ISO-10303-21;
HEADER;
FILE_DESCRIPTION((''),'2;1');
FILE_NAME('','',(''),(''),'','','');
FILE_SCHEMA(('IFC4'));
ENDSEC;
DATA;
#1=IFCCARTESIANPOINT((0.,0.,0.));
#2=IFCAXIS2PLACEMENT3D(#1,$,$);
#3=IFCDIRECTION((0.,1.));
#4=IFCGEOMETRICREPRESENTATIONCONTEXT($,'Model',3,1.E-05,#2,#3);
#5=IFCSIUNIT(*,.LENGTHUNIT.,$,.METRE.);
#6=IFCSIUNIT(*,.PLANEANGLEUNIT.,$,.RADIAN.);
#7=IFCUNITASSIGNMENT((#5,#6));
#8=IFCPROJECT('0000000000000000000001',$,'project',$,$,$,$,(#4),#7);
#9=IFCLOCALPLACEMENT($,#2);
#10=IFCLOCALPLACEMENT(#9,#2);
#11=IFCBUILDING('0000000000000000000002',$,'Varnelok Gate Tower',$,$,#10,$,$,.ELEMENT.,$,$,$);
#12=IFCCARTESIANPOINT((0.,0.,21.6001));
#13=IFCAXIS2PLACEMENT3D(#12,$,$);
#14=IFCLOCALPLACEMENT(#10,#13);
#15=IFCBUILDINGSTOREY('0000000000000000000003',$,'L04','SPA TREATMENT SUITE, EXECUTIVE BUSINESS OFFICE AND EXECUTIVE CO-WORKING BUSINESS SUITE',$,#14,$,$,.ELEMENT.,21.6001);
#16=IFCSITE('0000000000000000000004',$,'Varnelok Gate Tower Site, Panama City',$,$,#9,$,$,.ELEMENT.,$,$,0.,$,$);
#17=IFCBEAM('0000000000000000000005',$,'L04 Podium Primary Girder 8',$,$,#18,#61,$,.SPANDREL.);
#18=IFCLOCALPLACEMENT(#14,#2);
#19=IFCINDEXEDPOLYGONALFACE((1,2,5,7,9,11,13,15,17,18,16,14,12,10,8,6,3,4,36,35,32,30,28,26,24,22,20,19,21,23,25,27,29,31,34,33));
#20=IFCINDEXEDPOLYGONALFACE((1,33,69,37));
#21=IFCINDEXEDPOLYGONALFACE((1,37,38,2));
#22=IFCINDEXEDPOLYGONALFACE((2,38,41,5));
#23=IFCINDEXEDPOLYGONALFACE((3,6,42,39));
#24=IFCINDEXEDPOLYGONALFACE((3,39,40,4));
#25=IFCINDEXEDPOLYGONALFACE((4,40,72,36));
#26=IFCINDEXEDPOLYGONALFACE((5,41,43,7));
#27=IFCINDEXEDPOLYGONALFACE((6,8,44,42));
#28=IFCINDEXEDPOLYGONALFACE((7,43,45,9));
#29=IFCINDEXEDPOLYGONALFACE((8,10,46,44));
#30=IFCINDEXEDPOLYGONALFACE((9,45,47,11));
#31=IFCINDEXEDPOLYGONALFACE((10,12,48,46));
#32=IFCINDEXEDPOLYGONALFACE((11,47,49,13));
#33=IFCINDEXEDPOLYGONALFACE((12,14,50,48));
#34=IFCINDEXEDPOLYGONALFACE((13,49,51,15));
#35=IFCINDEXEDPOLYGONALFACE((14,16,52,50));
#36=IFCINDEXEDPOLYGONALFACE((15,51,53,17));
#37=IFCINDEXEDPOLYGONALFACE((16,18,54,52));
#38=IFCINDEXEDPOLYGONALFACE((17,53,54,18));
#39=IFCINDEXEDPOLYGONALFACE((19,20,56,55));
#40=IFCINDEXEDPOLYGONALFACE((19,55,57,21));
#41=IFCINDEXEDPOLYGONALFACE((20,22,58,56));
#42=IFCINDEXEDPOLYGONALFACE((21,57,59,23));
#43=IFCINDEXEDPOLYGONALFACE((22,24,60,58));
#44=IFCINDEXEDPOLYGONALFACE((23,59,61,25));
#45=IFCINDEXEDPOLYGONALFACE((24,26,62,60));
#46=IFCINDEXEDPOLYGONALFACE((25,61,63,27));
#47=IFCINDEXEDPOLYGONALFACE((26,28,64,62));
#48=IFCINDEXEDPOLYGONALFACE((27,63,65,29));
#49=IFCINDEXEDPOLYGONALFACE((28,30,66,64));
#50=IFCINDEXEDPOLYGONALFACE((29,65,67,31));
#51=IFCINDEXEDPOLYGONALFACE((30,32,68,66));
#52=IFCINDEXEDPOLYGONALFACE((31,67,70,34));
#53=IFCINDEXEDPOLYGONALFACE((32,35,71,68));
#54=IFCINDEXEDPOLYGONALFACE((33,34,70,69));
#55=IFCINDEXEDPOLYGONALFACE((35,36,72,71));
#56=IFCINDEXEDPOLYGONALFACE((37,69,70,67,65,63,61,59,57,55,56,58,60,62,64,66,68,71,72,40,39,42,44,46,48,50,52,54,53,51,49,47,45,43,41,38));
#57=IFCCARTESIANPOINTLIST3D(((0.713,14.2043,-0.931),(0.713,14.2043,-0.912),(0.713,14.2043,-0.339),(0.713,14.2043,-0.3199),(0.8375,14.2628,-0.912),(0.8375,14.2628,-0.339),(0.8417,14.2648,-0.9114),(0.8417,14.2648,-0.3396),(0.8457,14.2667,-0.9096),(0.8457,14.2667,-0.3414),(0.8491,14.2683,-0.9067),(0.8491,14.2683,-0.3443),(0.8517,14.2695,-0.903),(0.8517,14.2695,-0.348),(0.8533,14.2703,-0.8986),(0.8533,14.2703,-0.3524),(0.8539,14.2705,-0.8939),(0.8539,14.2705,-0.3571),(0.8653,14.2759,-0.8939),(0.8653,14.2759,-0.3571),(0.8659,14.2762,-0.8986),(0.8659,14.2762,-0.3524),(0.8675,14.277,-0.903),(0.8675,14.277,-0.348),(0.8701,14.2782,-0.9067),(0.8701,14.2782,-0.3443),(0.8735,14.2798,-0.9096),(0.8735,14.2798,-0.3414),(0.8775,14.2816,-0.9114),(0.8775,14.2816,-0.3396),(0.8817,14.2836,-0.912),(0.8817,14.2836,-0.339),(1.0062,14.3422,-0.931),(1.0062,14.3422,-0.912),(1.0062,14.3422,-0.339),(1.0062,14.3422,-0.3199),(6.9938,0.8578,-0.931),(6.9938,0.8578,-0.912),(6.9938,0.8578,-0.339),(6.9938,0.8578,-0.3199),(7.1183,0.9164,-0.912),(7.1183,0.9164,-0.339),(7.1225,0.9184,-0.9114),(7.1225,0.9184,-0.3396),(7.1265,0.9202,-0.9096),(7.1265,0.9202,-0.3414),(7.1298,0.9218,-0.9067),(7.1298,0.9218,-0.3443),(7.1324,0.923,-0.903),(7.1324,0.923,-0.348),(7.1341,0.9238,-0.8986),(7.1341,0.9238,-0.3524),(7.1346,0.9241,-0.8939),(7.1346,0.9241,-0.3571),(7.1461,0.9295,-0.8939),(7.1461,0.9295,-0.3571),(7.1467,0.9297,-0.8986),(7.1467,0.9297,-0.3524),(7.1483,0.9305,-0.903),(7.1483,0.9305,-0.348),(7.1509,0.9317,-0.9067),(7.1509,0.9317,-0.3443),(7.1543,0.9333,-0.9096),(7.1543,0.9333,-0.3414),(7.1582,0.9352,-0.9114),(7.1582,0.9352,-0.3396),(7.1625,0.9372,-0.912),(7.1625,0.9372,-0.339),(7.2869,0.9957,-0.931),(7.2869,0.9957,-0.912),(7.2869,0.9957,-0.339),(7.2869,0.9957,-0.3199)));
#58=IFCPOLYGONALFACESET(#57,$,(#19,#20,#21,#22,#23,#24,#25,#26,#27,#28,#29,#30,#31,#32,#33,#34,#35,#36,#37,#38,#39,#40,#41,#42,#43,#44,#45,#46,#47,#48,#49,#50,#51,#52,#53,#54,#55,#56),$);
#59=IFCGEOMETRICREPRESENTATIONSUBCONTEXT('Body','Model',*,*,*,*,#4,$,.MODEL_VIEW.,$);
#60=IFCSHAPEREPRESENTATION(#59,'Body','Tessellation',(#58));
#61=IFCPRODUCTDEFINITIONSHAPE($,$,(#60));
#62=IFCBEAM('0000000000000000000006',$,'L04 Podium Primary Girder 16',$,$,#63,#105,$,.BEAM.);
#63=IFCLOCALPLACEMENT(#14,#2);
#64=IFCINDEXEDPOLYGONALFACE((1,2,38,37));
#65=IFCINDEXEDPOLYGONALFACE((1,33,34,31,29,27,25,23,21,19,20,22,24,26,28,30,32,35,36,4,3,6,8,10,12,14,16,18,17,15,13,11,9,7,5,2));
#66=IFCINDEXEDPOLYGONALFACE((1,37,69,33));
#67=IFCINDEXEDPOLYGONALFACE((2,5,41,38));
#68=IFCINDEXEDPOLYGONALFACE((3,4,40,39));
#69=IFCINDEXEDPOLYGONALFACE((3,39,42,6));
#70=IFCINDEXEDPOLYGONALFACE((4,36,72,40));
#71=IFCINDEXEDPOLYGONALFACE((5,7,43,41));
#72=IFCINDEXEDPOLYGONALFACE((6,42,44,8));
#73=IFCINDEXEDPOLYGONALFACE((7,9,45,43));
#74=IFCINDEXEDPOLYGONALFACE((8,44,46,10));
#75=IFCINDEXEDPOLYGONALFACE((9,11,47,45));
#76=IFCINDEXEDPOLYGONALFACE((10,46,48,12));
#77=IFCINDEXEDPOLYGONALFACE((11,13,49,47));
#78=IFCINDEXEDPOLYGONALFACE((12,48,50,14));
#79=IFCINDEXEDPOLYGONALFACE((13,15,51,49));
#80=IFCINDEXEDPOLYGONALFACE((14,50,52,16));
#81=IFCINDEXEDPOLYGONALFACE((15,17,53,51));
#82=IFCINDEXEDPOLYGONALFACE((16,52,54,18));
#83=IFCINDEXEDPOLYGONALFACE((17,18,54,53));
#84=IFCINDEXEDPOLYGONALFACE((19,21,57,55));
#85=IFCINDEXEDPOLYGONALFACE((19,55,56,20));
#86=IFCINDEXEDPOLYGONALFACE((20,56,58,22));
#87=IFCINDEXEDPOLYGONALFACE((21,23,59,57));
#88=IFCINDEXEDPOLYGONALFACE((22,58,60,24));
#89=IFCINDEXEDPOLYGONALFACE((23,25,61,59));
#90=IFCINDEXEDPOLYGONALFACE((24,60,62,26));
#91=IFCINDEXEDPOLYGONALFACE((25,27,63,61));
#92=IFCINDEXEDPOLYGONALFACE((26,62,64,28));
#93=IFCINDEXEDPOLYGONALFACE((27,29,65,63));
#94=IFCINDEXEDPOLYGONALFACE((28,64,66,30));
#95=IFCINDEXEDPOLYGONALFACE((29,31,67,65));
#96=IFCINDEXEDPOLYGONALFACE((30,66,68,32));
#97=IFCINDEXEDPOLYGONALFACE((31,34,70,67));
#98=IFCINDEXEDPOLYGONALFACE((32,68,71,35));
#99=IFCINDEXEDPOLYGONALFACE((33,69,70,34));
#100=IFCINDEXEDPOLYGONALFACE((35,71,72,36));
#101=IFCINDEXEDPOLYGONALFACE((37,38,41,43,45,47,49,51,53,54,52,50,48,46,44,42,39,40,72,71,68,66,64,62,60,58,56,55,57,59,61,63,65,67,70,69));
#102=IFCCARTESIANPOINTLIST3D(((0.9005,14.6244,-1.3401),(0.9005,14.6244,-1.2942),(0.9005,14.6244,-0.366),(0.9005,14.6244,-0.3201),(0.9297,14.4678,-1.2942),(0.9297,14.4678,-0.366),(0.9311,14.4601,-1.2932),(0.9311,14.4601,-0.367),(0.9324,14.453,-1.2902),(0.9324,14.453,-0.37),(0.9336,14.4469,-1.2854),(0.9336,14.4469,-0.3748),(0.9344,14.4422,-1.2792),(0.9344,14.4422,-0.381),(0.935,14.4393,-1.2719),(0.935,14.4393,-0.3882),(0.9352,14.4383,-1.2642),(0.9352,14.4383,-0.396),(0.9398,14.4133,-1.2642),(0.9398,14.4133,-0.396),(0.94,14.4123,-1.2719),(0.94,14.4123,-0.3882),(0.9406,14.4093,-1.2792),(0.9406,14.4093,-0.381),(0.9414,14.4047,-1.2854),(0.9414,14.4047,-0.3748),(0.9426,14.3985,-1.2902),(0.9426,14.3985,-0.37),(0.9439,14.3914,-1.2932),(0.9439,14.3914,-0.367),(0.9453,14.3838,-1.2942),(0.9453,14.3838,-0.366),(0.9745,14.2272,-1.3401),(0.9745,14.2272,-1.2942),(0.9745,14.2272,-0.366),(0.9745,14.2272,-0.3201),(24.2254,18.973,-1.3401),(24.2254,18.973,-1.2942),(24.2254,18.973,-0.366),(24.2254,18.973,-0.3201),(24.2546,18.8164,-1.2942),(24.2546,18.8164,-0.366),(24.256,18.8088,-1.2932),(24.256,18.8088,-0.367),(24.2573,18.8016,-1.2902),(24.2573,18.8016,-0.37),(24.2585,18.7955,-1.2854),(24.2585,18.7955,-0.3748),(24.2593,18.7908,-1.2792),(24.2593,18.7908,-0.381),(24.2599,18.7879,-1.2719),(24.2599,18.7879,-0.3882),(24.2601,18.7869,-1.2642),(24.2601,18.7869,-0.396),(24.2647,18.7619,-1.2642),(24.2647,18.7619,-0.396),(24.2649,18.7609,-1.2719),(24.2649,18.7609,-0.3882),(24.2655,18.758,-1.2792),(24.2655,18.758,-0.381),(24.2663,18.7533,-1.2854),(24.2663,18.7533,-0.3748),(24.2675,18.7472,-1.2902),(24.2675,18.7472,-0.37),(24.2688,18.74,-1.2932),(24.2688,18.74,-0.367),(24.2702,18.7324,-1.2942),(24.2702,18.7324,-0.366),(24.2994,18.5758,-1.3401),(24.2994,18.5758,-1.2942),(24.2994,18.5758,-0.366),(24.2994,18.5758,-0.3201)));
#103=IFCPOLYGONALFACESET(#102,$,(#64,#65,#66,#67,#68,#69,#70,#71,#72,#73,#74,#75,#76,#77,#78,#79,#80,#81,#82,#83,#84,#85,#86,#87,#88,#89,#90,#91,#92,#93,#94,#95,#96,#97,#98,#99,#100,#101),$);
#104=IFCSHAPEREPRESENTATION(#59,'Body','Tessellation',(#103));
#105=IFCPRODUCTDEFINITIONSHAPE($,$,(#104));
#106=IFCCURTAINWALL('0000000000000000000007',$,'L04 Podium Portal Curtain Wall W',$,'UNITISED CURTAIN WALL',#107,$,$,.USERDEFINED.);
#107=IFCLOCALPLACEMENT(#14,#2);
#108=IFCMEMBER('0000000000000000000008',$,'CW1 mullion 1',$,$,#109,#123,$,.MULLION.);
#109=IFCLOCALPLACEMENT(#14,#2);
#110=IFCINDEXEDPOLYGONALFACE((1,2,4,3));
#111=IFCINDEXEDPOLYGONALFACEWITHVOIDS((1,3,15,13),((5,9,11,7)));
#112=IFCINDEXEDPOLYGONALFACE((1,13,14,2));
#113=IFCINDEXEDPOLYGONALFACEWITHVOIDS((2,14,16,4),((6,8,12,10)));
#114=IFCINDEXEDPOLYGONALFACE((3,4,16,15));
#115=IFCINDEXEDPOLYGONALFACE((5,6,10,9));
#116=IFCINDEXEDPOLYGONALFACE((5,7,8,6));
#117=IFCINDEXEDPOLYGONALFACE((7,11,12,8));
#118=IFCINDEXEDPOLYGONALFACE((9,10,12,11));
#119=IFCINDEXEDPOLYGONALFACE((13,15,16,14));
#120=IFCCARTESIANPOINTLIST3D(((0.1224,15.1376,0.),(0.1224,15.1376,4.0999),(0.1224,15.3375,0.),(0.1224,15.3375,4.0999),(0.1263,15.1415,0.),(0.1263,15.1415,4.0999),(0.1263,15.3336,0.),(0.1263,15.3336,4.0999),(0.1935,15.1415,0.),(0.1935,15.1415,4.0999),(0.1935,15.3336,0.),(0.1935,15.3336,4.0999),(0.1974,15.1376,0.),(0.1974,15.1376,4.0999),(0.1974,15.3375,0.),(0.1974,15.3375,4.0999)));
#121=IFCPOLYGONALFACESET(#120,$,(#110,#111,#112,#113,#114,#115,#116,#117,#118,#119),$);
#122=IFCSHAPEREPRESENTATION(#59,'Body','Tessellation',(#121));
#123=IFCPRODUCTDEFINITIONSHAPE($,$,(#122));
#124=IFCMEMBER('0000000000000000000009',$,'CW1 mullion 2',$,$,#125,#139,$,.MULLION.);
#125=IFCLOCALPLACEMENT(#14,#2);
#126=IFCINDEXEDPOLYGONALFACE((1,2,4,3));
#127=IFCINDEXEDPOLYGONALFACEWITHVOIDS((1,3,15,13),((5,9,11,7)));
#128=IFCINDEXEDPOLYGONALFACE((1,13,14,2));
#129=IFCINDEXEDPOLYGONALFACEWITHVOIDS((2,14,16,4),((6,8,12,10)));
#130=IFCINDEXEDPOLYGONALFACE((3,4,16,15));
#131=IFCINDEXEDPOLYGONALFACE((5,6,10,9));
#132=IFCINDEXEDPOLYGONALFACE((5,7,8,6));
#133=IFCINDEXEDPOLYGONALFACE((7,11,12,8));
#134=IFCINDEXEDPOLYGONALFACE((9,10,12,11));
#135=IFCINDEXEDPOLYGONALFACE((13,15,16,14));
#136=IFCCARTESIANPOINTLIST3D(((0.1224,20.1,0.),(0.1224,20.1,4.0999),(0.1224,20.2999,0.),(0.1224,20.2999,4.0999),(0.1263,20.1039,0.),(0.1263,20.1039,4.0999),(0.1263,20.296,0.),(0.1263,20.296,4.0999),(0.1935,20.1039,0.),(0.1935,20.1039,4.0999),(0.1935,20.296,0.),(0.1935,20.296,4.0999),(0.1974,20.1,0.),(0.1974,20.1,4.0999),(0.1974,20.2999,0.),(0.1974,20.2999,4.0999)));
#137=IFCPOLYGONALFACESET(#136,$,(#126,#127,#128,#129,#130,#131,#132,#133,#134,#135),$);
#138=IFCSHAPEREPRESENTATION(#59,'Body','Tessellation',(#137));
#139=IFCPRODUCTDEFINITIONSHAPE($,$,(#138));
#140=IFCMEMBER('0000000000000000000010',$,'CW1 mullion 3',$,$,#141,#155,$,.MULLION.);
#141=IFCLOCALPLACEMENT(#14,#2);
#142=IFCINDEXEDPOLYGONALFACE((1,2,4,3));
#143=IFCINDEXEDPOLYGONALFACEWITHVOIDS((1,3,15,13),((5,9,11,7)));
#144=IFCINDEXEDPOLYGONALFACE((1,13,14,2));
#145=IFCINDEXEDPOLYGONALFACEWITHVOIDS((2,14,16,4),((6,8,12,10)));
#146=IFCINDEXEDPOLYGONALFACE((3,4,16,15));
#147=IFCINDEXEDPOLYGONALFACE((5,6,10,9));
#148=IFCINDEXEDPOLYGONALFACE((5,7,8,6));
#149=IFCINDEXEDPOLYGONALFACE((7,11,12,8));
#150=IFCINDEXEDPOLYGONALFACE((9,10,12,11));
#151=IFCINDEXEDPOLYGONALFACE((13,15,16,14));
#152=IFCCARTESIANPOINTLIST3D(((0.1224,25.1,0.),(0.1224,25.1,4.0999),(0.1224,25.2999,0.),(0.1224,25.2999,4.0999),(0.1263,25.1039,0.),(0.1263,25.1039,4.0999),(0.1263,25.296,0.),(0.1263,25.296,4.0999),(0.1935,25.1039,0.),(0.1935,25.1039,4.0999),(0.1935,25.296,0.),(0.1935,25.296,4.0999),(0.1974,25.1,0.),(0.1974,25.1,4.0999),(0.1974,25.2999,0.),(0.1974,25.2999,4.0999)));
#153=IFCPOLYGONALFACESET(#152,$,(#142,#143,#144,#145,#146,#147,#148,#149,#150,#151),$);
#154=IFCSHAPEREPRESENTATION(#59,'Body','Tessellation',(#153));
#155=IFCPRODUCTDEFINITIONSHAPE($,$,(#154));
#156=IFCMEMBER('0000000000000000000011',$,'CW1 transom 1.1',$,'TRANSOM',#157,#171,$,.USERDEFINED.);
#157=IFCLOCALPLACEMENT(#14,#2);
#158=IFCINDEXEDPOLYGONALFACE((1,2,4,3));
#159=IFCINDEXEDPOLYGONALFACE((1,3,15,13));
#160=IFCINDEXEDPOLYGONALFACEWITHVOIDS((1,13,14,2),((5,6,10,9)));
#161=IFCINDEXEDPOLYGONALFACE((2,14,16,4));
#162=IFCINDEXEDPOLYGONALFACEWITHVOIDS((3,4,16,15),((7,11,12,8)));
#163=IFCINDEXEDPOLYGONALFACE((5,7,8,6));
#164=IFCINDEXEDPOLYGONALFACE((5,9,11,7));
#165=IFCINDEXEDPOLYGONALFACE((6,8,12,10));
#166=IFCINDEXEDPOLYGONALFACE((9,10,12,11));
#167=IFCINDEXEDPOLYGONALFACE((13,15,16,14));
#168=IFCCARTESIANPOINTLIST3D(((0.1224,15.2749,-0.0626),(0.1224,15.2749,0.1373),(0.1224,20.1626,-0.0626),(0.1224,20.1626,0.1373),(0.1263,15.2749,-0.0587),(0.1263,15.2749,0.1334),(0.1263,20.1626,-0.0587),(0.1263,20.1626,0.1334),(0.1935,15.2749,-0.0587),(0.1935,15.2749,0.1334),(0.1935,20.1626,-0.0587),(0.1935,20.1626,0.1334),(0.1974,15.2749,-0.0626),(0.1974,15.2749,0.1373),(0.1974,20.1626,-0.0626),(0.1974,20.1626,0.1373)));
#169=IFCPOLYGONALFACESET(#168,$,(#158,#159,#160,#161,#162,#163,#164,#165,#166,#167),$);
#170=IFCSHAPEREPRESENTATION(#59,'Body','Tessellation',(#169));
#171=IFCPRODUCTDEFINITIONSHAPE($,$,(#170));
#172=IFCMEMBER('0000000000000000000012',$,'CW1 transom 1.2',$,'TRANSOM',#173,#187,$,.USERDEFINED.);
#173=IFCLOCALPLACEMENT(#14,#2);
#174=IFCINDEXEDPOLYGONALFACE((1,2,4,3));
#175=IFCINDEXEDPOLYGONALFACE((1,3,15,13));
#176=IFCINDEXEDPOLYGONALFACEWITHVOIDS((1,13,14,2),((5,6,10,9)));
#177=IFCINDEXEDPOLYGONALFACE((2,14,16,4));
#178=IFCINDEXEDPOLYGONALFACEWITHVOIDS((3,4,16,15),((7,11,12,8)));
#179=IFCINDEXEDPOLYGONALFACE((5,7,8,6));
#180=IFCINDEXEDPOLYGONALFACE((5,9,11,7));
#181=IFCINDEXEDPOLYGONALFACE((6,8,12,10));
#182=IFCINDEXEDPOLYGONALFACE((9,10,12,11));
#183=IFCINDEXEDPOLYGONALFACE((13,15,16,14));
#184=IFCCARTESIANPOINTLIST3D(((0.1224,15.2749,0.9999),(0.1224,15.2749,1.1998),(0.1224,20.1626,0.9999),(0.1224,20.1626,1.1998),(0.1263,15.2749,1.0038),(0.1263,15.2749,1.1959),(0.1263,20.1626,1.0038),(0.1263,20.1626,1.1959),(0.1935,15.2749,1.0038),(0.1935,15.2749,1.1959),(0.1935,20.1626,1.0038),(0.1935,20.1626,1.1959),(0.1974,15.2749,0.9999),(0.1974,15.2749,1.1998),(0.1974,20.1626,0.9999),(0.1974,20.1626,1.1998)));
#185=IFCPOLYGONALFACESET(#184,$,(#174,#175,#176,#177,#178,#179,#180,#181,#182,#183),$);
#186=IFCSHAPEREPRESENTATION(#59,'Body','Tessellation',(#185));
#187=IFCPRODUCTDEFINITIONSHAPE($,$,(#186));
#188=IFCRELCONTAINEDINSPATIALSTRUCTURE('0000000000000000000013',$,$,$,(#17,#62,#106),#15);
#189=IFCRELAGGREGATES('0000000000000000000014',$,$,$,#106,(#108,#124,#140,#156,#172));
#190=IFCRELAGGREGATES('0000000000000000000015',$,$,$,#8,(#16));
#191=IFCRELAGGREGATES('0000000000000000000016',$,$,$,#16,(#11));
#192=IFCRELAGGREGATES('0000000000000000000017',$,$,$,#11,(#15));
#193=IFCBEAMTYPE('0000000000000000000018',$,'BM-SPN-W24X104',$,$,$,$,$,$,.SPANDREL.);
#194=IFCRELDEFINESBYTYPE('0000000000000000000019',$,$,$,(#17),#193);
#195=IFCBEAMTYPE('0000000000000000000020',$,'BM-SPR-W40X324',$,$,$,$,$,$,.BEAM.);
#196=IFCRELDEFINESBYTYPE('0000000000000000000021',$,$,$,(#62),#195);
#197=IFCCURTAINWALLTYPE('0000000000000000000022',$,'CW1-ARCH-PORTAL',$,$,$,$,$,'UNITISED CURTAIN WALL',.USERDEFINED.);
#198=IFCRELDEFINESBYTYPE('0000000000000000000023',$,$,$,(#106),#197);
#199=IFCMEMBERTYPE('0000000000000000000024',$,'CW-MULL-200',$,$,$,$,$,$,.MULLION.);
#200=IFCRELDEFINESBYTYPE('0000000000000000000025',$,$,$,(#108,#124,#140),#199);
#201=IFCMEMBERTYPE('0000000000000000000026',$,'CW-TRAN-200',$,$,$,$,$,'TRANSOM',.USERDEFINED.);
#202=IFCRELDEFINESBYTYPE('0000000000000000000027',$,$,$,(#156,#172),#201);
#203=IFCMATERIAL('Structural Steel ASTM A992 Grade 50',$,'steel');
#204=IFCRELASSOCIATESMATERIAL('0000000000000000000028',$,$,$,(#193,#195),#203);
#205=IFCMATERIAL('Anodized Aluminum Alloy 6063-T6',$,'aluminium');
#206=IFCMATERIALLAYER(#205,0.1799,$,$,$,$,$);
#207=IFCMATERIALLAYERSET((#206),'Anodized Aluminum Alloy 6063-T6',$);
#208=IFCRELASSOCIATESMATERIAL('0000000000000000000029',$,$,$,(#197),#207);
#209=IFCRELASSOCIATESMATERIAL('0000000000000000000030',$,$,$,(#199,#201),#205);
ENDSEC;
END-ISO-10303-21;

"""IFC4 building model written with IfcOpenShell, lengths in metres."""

from ifc_helpers import new_model, si_unit, direction, frame, origin, origin_2d, place, context, subcontext, project, spatial, hollow_rectangle, i_section, extrude, material, layer, layer_set, material_profile, profile_set, type_object, element, aggregate, save


model = new_model("IFC4")

# Units and contexts
model_context = context("Model", 3, precision=1e-05, world=origin(), true_north=direction((0.0, 1.0)))
body_context = subcontext(model_context, "Body", "Model", "MODEL_VIEW")
ifc_project = project(units=[si_unit("LENGTHUNIT", "METRE"), si_unit("PLANEANGLEUNIT", "RADIAN")], contexts=[model_context])

# Site, building, storey
site_placement = place(None, origin())
site = spatial("IfcSite", under=ifc_project, at=site_placement, Name="Varnelok Gate Tower Site, Panama City", CompositionType="ELEMENT", RefElevation=0.0)
building_placement = place(site_placement, origin())
building = spatial("IfcBuilding", under=site, at=building_placement, Name="Varnelok Gate Tower", CompositionType="ELEMENT")
storey_placement = place(building_placement, frame((0.0, 0.0, 21.6001)))
storey = spatial("IfcBuildingStorey", under=building, at=storey_placement, Name="L04", Description="SPA TREATMENT SUITE, EXECUTIVE BUSINESS OFFICE AND EXECUTIVE CO-WORKING BUSINESS SUITE", CompositionType="ELEMENT", Elevation=21.6001)

# Beams
ifc_material_1 = material(Name="Structural Steel ASTM A992 Grade 50", Category="steel")
ifc_material_profile_1 = material_profile(ifc_material_1, i_section(OverallWidth=0.324, OverallDepth=0.6111, WebThickness=0.0127, FlangeThickness=0.019, FilletRadius=0.0181, at=origin_2d()), Name="W24X104")
ifc_profile_set_1 = profile_set([ifc_material_profile_1], Name="Structural Steel ASTM A992 Grade 50")
beam_type_1 = type_object("IfcBeamType", Name="BM-SPN-W24X104", PredefinedType="SPANDREL", material=ifc_profile_set_1)
beam_1_placement = place(storey_placement, frame((7.1404, 0.9268, -0.6255), z_axis=(-0.425802, 0.904816, 0.0), x_axis=(-0.904816, -0.425802, 0.0)))
element("IfcBeam", 1, at=beam_1_placement, inside=storey, type_object=beam_type_1, Name="L04 Podium Primary Girder 8", PredefinedType="SPANDREL", context=body_context, shape_type="SweptSolid", body=[
    extrude(i_section(OverallWidth=0.324, OverallDepth=0.6111, WebThickness=0.0127, FlangeThickness=0.019, FilletRadius=0.0181, at=origin_2d()), origin(), (0.0, 0.0, 1.0), 14.7505),
])
ifc_material_profile_2 = material_profile(ifc_material_1, i_section(OverallWidth=0.4041, OverallDepth=1.02, WebThickness=0.0254, FlangeThickness=0.0459, FilletRadius=0.03, at=origin_2d()), Name="W40X324")
ifc_profile_set_2 = profile_set([ifc_material_profile_2], Name="Structural Steel ASTM A992 Grade 50")
beam_type_2 = type_object("IfcBeamType", Name="BM-SPR-W40X324", PredefinedType="BEAM", material=ifc_profile_set_2)
beam_2_placement = place(storey_placement, frame((0.9375, 14.4258, -0.8301), z_axis=(0.983061, 0.183279, 0.0), x_axis=(-0.183279, 0.983061, 0.0)))
element("IfcBeam", 2, at=beam_2_placement, inside=storey, type_object=beam_type_2, Name="L04 Podium Primary Girder 16", PredefinedType="BEAM", context=body_context, shape_type="SweptSolid", body=[
    extrude(i_section(OverallWidth=0.4041, OverallDepth=1.02, WebThickness=0.0254, FlangeThickness=0.0459, FilletRadius=0.03, at=origin_2d()), origin(), (0.0, 0.0, 1.0), 23.7268),
])

# Curtain wall, members
ifc_material_2 = material(Name="Anodized Aluminum Alloy 6063-T6", Category="aluminium")
ifc_layer_1 = layer(ifc_material_2, 0.1799)
ifc_layer_set_1 = layer_set([ifc_layer_1], Name="Anodized Aluminum Alloy 6063-T6")
curtain_wall_type = type_object("IfcCurtainWallType", Name="CW1-ARCH-PORTAL", ElementType="UNITISED CURTAIN WALL", PredefinedType="USERDEFINED", material=ifc_layer_set_1)
curtain_wall_placement = place(storey_placement, origin())
curtain_wall = element("IfcCurtainWall", 3, at=curtain_wall_placement, inside=storey, type_object=curtain_wall_type, Name="L04 Podium Portal Curtain Wall W", ObjectType="UNITISED CURTAIN WALL", PredefinedType="USERDEFINED")
ifc_material_profile_3 = material_profile(ifc_material_2, hollow_rectangle(XDim=0.075, YDim=0.2, WallThickness=0.0039, at=origin_2d()), Name="ALU200X75X4")
ifc_profile_set_3 = profile_set([ifc_material_profile_3], Name="Anodized Aluminum Alloy 6063-T6")
member_type_1 = type_object("IfcMemberType", Name="CW-MULL-200", PredefinedType="MULLION", material=ifc_profile_set_3)
member_1_placement = place(storey_placement, frame((0.1599, 15.2375, 0.0), z_axis=(0.0, 0.0, 1.0), x_axis=(-1.0, 0.0, 0.0)))
member_1 = element("IfcMember", 4, at=member_1_placement, type_object=member_type_1, Name="CW1 mullion 1", PredefinedType="MULLION", context=body_context, shape_type="SweptSolid", body=[
    extrude(hollow_rectangle(XDim=0.075, YDim=0.2, WallThickness=0.0039, at=origin_2d()), origin(), (0.0, 0.0, 1.0), 4.0999),
])
member_2_placement = place(storey_placement, frame((0.1599, 20.2, 0.0), z_axis=(0.0, 0.0, 1.0), x_axis=(-1.0, 0.0, 0.0)))
member_2 = element("IfcMember", 5, at=member_2_placement, type_object=member_type_1, Name="CW1 mullion 2", PredefinedType="MULLION", context=body_context, shape_type="SweptSolid", body=[
    extrude(hollow_rectangle(XDim=0.075, YDim=0.2, WallThickness=0.0039, at=origin_2d()), origin(), (0.0, 0.0, 1.0), 4.0999),
])
member_3_placement = place(storey_placement, frame((0.1599, 25.2, 0.0), z_axis=(0.0, 0.0, 1.0), x_axis=(-1.0, 0.0, 0.0)))
member_3 = element("IfcMember", 6, at=member_3_placement, type_object=member_type_1, Name="CW1 mullion 3", PredefinedType="MULLION", context=body_context, shape_type="SweptSolid", body=[
    extrude(hollow_rectangle(XDim=0.075, YDim=0.2, WallThickness=0.0039, at=origin_2d()), origin(), (0.0, 0.0, 1.0), 4.0999),
])
ifc_material_profile_4 = material_profile(ifc_material_2, hollow_rectangle(XDim=0.075, YDim=0.2, WallThickness=0.0039, at=origin_2d()), Name="ALU200X75X4")
ifc_profile_set_4 = profile_set([ifc_material_profile_4], Name="Anodized Aluminum Alloy 6063-T6")
member_type_2 = type_object("IfcMemberType", Name="CW-TRAN-200", ElementType="TRANSOM", PredefinedType="USERDEFINED", material=ifc_profile_set_4)
member_4_placement = place(storey_placement, frame((0.1599, 15.2749, 0.0374), z_axis=(0.0, 1.0, 0.0), x_axis=(-1.0, 0.0, 0.0)))
member_4 = element("IfcMember", 7, at=member_4_placement, type_object=member_type_2, Name="CW1 transom 1.1", ObjectType="TRANSOM", PredefinedType="USERDEFINED", context=body_context, shape_type="SweptSolid", body=[
    extrude(hollow_rectangle(XDim=0.075, YDim=0.2, WallThickness=0.0039, at=origin_2d()), origin(), (0.0, 0.0, 1.0), 4.8877),
])
member_5_placement = place(storey_placement, frame((0.1599, 15.2749, 1.0999), z_axis=(0.0, 1.0, 0.0), x_axis=(-1.0, 0.0, 0.0)))
member_5 = element("IfcMember", 8, at=member_5_placement, type_object=member_type_2, Name="CW1 transom 1.2", ObjectType="TRANSOM", PredefinedType="USERDEFINED", context=body_context, shape_type="SweptSolid", body=[
    extrude(hollow_rectangle(XDim=0.075, YDim=0.2, WallThickness=0.0039, at=origin_2d()), origin(), (0.0, 0.0, 1.0), 4.8877),
])

aggregate(curtain_wall, [member_1, member_2, member_3, member_4, member_5])

save(model, "model.ifc")
